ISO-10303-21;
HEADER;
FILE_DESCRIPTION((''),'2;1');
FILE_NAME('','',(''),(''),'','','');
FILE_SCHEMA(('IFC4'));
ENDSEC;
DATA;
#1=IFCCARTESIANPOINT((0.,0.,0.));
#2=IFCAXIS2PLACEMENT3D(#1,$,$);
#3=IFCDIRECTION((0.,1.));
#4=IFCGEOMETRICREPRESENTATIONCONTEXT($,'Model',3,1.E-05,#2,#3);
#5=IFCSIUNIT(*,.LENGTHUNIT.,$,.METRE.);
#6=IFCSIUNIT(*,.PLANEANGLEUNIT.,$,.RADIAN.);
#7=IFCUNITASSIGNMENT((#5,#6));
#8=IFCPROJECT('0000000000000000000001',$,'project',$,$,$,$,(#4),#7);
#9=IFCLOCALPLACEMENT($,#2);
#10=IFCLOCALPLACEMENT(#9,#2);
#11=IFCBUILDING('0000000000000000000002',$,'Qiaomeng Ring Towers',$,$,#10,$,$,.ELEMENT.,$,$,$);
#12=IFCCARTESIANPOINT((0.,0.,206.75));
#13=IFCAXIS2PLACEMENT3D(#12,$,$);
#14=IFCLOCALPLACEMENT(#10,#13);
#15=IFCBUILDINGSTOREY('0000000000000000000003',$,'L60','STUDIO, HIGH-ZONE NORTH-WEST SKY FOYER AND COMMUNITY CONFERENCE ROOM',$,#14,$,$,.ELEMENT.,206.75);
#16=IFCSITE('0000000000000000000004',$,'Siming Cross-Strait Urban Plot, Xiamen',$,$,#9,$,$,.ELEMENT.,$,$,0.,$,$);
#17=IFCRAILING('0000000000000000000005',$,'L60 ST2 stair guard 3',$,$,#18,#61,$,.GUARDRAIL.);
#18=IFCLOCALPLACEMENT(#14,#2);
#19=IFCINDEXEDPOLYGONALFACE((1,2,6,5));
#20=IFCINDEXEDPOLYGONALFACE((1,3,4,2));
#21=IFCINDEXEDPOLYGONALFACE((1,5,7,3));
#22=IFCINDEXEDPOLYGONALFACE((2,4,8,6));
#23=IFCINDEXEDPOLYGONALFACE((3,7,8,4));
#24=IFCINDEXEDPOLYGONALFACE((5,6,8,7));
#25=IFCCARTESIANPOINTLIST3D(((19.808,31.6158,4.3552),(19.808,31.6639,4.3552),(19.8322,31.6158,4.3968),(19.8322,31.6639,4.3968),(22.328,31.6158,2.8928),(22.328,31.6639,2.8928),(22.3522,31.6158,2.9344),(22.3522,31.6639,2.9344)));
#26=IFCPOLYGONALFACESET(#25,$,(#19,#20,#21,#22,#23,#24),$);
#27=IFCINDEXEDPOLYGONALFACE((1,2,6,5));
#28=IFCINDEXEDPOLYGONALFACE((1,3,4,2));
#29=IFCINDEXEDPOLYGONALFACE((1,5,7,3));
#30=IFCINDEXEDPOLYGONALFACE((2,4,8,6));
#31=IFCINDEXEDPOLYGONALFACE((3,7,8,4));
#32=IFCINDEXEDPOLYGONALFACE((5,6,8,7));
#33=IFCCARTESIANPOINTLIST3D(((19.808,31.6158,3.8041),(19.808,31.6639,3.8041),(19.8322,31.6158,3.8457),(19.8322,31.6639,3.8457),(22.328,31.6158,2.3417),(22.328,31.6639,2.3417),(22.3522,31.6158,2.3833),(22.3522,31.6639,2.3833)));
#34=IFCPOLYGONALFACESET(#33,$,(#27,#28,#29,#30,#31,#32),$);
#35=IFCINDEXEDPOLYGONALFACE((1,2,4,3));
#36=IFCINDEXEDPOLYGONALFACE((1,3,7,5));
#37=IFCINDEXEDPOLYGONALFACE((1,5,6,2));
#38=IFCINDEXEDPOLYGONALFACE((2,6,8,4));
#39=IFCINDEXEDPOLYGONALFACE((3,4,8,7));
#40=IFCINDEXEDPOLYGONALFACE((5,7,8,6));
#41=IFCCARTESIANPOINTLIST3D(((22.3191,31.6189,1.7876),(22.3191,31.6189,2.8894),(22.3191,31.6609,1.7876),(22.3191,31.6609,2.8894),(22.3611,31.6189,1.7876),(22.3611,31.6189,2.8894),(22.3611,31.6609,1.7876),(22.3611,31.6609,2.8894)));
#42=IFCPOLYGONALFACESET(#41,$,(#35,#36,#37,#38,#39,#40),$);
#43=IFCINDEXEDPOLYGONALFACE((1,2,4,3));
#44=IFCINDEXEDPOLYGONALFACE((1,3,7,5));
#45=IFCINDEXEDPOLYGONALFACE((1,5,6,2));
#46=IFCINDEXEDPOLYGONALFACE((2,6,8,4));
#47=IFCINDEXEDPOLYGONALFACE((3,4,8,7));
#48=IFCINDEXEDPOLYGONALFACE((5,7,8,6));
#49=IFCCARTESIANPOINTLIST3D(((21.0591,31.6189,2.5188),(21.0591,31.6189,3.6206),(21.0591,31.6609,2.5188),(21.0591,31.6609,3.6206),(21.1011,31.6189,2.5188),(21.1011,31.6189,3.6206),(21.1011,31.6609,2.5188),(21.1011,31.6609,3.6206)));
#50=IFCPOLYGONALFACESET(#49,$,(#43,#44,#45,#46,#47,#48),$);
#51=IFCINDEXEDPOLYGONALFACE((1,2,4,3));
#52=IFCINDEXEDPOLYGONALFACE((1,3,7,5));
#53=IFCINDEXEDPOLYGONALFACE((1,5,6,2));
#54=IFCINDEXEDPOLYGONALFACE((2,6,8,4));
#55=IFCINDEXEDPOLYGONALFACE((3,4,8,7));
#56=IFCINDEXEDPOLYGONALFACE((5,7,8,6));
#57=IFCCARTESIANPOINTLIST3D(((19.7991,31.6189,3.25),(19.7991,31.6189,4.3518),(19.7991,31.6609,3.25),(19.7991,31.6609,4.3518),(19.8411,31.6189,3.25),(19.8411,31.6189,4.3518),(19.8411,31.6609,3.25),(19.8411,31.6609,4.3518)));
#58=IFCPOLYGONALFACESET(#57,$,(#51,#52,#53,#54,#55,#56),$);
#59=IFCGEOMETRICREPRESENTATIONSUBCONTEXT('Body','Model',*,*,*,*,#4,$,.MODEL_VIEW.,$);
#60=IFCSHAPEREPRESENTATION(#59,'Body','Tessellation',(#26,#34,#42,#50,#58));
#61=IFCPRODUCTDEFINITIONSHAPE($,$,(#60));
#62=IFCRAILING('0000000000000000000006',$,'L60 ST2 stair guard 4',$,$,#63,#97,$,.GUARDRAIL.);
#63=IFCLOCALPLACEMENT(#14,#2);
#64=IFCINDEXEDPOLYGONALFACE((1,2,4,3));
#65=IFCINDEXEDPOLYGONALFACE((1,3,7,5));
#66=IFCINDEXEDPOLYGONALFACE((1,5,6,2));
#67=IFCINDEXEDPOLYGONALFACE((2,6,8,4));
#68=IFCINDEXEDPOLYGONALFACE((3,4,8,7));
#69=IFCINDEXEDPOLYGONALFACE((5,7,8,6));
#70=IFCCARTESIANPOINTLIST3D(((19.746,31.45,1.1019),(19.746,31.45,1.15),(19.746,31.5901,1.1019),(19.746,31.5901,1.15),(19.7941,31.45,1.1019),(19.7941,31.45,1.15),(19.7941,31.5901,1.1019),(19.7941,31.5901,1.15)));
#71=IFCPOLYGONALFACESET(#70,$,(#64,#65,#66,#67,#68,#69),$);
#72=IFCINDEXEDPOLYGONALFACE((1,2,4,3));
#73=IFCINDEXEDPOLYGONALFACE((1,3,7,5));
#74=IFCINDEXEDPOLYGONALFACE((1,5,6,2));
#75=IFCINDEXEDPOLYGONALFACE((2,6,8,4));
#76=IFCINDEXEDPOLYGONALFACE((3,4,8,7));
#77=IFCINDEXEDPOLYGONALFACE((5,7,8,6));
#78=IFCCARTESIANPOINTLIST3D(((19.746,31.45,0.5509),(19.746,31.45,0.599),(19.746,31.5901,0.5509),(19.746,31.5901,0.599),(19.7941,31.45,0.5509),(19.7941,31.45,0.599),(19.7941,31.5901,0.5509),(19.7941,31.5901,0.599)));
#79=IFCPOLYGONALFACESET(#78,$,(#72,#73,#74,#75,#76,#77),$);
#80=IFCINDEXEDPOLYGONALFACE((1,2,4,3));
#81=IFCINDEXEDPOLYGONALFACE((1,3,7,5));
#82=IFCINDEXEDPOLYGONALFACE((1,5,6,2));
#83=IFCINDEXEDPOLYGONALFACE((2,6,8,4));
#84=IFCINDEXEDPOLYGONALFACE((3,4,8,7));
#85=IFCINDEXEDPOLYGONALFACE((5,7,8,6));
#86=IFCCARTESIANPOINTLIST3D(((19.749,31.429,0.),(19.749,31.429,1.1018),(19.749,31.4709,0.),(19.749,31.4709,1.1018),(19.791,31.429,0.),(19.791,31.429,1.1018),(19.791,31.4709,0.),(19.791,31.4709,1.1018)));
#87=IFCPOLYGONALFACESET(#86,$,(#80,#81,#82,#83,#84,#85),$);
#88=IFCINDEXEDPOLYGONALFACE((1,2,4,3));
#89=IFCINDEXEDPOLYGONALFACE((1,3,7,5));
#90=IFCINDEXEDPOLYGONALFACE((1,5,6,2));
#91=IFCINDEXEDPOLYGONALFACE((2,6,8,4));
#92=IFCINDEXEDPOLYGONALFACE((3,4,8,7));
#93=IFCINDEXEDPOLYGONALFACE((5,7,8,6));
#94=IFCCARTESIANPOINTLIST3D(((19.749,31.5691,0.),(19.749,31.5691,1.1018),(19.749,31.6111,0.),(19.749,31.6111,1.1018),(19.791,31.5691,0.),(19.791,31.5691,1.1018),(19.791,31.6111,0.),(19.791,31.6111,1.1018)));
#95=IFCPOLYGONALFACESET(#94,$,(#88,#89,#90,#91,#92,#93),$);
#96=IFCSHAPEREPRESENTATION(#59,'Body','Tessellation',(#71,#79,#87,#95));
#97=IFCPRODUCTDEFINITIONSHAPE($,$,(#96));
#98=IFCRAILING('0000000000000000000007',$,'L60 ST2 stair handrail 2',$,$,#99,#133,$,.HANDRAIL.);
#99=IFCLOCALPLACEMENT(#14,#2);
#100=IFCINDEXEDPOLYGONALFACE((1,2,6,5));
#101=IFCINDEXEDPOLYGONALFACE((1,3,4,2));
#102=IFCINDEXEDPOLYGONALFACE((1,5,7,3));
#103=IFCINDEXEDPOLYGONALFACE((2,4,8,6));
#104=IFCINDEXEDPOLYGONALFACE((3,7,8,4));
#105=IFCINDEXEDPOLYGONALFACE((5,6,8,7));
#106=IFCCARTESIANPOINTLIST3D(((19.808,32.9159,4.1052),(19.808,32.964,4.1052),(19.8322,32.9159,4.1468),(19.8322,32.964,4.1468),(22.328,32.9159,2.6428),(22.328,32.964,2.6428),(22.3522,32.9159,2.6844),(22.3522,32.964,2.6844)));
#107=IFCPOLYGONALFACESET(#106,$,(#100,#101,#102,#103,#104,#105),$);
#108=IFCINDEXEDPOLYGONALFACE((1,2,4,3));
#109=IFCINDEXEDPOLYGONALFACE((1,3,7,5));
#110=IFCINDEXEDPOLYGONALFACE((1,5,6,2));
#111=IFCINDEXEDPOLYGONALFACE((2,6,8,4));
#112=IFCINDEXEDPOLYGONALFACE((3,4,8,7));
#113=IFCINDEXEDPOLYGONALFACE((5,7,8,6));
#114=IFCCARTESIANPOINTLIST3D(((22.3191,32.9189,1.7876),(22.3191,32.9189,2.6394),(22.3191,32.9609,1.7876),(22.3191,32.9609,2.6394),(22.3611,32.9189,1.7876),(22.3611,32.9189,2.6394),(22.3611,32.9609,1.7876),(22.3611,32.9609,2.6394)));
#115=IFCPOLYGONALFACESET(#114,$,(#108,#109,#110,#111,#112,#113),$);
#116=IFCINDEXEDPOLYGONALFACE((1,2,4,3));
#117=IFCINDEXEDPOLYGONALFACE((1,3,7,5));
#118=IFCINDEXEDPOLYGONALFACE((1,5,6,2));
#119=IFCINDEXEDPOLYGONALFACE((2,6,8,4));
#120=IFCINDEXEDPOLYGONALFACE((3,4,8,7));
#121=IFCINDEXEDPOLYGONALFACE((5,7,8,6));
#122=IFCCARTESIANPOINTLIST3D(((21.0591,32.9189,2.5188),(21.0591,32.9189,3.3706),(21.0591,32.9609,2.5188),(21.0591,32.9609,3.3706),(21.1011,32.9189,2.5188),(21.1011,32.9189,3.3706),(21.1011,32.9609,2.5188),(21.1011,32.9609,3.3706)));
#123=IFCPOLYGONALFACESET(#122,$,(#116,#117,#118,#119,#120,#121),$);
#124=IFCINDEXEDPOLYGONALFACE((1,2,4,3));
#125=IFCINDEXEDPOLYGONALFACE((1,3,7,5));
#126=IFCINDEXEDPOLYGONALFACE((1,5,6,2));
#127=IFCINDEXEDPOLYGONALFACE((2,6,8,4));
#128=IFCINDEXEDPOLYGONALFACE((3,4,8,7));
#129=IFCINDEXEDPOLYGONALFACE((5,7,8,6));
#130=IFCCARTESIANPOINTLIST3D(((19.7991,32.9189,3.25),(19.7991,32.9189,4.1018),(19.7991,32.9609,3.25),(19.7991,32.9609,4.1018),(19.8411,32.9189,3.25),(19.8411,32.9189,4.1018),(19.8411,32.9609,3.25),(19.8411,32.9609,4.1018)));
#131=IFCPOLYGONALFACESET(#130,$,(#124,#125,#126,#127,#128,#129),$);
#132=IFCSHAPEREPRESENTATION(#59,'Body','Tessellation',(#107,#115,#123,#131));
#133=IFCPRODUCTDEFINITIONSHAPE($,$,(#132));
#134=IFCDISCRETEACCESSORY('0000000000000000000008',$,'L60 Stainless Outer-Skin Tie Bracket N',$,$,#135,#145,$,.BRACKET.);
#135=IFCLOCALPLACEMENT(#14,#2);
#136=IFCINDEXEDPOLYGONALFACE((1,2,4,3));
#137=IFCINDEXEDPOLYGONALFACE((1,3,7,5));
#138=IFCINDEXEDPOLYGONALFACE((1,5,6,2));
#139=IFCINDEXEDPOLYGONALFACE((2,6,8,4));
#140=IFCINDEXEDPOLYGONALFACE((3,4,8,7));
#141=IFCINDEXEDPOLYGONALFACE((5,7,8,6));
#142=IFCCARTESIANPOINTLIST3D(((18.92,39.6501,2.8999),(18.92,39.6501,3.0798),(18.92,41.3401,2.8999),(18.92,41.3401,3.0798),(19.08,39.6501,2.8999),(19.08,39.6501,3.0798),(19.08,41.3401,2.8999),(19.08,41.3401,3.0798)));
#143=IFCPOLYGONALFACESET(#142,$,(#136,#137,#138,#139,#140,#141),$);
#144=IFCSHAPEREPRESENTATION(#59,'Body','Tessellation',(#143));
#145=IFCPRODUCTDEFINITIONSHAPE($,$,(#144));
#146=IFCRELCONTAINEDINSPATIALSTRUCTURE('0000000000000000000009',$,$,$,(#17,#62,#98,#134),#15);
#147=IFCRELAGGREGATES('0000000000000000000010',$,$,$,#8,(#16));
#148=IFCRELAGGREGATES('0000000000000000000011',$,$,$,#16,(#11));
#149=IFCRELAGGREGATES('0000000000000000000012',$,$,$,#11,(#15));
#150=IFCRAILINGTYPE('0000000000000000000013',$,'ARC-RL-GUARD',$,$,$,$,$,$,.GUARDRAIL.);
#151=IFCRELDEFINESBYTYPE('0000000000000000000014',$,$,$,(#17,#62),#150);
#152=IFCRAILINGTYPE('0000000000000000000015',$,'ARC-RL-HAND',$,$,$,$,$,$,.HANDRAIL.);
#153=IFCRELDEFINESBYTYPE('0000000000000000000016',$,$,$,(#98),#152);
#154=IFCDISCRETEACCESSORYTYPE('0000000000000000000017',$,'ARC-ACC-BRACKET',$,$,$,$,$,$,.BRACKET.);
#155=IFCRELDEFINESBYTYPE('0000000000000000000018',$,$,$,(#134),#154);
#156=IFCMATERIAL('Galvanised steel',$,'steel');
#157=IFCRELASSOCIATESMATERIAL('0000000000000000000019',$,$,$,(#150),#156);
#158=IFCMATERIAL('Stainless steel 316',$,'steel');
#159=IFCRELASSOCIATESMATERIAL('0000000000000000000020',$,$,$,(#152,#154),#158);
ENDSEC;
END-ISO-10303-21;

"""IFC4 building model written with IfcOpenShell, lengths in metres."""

from ifc_helpers import new_model, si_unit, direction, frame, origin, origin_2d, place, context, subcontext, project, spatial, rectangle, extrude, source, transform, mapped, material, type_object, element, save


model = new_model("IFC4")

# Units and contexts
model_context = context("Model", 3, precision=1e-05, world=origin(), true_north=direction((0.0, 1.0)))
body_context = subcontext(model_context, "Body", "Model", "MODEL_VIEW")
ifc_project = project(units=[si_unit("LENGTHUNIT", "METRE"), si_unit("PLANEANGLEUNIT", "RADIAN")], contexts=[model_context])

# Site, building, storey
site_placement = place(None, origin())
site = spatial("IfcSite", under=ifc_project, at=site_placement, Name="Siming Cross-Strait Urban Plot, Xiamen", CompositionType="ELEMENT", RefElevation=0.0)
building_placement = place(site_placement, origin())
building = spatial("IfcBuilding", under=site, at=building_placement, Name="Qiaomeng Ring Towers", CompositionType="ELEMENT")
storey_placement = place(building_placement, frame((0.0, 0.0, 206.75)))
storey = spatial("IfcBuildingStorey", under=building, at=storey_placement, Name="L60", Description="STUDIO, HIGH-ZONE NORTH-WEST SKY FOYER AND COMMUNITY CONFERENCE ROOM", CompositionType="ELEMENT", Elevation=206.75)

# Railings
ifc_material_1 = material(Name="Galvanised steel", Category="steel")
railing_type_1 = type_object("IfcRailingType", Name="ARC-RL-GUARD", PredefinedType="GUARDRAIL", material=ifc_material_1)
railing_1_placement = place(storey_placement, frame((22.3401, 31.6399, 1.7876)))
element("IfcRailing", 1, at=railing_1_placement, inside=storey, type_object=railing_type_1, Name="L60 ST2 stair guard 3", PredefinedType="GUARDRAIL", context=body_context, shape_type="SweptSolid", body=[
    extrude(rectangle(XDim=0.0481, YDim=0.0481, at=origin_2d()), frame((0.0, 0.0, 1.126), z_axis=(-0.864913, 0.0, 0.501921), x_axis=(0.0, -1.0, 0.0)), (0.0, 0.0, 1.0), 2.9136),
    extrude(rectangle(XDim=0.0481, YDim=0.0481, at=origin_2d()), frame((0.0, 0.0, 0.575), z_axis=(-0.864913, 0.0, 0.501921), x_axis=(0.0, -1.0, 0.0)), (0.0, 0.0, 1.0), 2.9136),
    extrude(rectangle(XDim=0.042, YDim=0.042, at=origin_2d()), origin(), (0.0, 0.0, 1.0), 1.1018),
    extrude(rectangle(XDim=0.042, YDim=0.042, at=origin_2d()), frame((-1.26, 0.0, 0.7312)), (0.0, 0.0, 1.0), 1.1018),
    extrude(rectangle(XDim=0.042, YDim=0.042, at=origin_2d()), frame((-2.52, 0.0, 1.4624)), (0.0, 0.0, 1.0), 1.1018),
])
railing_2_placement = place(storey_placement, frame((19.77, 31.45, 0.0)))
element("IfcRailing", 2, at=railing_2_placement, inside=storey, type_object=railing_type_1, Name="L60 ST2 stair guard 4", PredefinedType="GUARDRAIL", context=body_context, shape_type="SweptSolid", body=[
    extrude(rectangle(XDim=0.0481, YDim=0.0481, at=origin_2d()), frame((0.0, 0.0, 1.126), z_axis=(0.0, 1.0, 0.0), x_axis=(-1.0, 0.0, 0.0)), (0.0, 0.0, 1.0), 0.1401),
    extrude(rectangle(XDim=0.0481, YDim=0.0481, at=origin_2d()), frame((0.0, 0.0, 0.575), z_axis=(0.0, 1.0, 0.0), x_axis=(-1.0, 0.0, 0.0)), (0.0, 0.0, 1.0), 0.1401),
    extrude(rectangle(XDim=0.042, YDim=0.042, at=origin_2d()), origin(), (0.0, 0.0, 1.0), 1.1018),
    extrude(rectangle(XDim=0.042, YDim=0.042, at=origin_2d()), frame((0.0, 0.1401, 0.0)), (0.0, 0.0, 1.0), 1.1018),
])
ifc_material_2 = material(Name="Stainless steel 316", Category="steel")
railing_type_2 = type_object("IfcRailingType", Name="ARC-RL-HAND", PredefinedType="HANDRAIL", material=ifc_material_2)
railing_3_placement = place(storey_placement, frame((22.3401, 32.9399, 1.7876)))
element("IfcRailing", 3, at=railing_3_placement, inside=storey, type_object=railing_type_2, Name="L60 ST2 stair handrail 2", PredefinedType="HANDRAIL", context=body_context, shape_type="SweptSolid", body=[
    extrude(rectangle(XDim=0.0481, YDim=0.0481, at=origin_2d()), frame((0.0, 0.0, 0.876), z_axis=(-0.864913, 0.0, 0.501921), x_axis=(0.0, -1.0, 0.0)), (0.0, 0.0, 1.0), 2.9136),
    extrude(rectangle(XDim=0.042, YDim=0.042, at=origin_2d()), origin(), (0.0, 0.0, 1.0), 0.8518),
    extrude(rectangle(XDim=0.042, YDim=0.042, at=origin_2d()), frame((-1.26, 0.0, 0.7312)), (0.0, 0.0, 1.0), 0.8518),
    extrude(rectangle(XDim=0.042, YDim=0.042, at=origin_2d()), frame((-2.52, 0.0, 1.4624)), (0.0, 0.0, 1.0), 0.8518),
])

# Discrete accessory
discrete_accessory_type = type_object("IfcDiscreteAccessoryType", Name="ARC-ACC-BRACKET", PredefinedType="BRACKET", material=ifc_material_2)
shared_shape_1 = source(origin(), body_context, "Body", "SweptSolid", [
    extrude(rectangle(XDim=0.1599, YDim=1.6899, at=origin_2d()), origin(), (0.0, 0.0, 1.0), 0.1799),
])
discrete_accessory_placement = place(storey_placement, frame((19.0, 40.4951, 2.8999), z_axis=(0.0, 0.0, 1.0), x_axis=(1.0, 0.0, 0.0)))
element("IfcDiscreteAccessory", 4, at=discrete_accessory_placement, inside=storey, type_object=discrete_accessory_type, Name="L60 Stainless Outer-Skin Tie Bracket N", PredefinedType="BRACKET", context=body_context, shape_type="MappedRepresentation", body=[
    mapped(shared_shape_1, transform((0.0, 0.0, 0.0), x_axis=(1.0, 0.0, 0.0), y_axis=(0.0, 1.0, 0.0), z_axis=(0.0, 0.0, 1.0), scale=1.0)),
])

save(model, "model.ifc")
